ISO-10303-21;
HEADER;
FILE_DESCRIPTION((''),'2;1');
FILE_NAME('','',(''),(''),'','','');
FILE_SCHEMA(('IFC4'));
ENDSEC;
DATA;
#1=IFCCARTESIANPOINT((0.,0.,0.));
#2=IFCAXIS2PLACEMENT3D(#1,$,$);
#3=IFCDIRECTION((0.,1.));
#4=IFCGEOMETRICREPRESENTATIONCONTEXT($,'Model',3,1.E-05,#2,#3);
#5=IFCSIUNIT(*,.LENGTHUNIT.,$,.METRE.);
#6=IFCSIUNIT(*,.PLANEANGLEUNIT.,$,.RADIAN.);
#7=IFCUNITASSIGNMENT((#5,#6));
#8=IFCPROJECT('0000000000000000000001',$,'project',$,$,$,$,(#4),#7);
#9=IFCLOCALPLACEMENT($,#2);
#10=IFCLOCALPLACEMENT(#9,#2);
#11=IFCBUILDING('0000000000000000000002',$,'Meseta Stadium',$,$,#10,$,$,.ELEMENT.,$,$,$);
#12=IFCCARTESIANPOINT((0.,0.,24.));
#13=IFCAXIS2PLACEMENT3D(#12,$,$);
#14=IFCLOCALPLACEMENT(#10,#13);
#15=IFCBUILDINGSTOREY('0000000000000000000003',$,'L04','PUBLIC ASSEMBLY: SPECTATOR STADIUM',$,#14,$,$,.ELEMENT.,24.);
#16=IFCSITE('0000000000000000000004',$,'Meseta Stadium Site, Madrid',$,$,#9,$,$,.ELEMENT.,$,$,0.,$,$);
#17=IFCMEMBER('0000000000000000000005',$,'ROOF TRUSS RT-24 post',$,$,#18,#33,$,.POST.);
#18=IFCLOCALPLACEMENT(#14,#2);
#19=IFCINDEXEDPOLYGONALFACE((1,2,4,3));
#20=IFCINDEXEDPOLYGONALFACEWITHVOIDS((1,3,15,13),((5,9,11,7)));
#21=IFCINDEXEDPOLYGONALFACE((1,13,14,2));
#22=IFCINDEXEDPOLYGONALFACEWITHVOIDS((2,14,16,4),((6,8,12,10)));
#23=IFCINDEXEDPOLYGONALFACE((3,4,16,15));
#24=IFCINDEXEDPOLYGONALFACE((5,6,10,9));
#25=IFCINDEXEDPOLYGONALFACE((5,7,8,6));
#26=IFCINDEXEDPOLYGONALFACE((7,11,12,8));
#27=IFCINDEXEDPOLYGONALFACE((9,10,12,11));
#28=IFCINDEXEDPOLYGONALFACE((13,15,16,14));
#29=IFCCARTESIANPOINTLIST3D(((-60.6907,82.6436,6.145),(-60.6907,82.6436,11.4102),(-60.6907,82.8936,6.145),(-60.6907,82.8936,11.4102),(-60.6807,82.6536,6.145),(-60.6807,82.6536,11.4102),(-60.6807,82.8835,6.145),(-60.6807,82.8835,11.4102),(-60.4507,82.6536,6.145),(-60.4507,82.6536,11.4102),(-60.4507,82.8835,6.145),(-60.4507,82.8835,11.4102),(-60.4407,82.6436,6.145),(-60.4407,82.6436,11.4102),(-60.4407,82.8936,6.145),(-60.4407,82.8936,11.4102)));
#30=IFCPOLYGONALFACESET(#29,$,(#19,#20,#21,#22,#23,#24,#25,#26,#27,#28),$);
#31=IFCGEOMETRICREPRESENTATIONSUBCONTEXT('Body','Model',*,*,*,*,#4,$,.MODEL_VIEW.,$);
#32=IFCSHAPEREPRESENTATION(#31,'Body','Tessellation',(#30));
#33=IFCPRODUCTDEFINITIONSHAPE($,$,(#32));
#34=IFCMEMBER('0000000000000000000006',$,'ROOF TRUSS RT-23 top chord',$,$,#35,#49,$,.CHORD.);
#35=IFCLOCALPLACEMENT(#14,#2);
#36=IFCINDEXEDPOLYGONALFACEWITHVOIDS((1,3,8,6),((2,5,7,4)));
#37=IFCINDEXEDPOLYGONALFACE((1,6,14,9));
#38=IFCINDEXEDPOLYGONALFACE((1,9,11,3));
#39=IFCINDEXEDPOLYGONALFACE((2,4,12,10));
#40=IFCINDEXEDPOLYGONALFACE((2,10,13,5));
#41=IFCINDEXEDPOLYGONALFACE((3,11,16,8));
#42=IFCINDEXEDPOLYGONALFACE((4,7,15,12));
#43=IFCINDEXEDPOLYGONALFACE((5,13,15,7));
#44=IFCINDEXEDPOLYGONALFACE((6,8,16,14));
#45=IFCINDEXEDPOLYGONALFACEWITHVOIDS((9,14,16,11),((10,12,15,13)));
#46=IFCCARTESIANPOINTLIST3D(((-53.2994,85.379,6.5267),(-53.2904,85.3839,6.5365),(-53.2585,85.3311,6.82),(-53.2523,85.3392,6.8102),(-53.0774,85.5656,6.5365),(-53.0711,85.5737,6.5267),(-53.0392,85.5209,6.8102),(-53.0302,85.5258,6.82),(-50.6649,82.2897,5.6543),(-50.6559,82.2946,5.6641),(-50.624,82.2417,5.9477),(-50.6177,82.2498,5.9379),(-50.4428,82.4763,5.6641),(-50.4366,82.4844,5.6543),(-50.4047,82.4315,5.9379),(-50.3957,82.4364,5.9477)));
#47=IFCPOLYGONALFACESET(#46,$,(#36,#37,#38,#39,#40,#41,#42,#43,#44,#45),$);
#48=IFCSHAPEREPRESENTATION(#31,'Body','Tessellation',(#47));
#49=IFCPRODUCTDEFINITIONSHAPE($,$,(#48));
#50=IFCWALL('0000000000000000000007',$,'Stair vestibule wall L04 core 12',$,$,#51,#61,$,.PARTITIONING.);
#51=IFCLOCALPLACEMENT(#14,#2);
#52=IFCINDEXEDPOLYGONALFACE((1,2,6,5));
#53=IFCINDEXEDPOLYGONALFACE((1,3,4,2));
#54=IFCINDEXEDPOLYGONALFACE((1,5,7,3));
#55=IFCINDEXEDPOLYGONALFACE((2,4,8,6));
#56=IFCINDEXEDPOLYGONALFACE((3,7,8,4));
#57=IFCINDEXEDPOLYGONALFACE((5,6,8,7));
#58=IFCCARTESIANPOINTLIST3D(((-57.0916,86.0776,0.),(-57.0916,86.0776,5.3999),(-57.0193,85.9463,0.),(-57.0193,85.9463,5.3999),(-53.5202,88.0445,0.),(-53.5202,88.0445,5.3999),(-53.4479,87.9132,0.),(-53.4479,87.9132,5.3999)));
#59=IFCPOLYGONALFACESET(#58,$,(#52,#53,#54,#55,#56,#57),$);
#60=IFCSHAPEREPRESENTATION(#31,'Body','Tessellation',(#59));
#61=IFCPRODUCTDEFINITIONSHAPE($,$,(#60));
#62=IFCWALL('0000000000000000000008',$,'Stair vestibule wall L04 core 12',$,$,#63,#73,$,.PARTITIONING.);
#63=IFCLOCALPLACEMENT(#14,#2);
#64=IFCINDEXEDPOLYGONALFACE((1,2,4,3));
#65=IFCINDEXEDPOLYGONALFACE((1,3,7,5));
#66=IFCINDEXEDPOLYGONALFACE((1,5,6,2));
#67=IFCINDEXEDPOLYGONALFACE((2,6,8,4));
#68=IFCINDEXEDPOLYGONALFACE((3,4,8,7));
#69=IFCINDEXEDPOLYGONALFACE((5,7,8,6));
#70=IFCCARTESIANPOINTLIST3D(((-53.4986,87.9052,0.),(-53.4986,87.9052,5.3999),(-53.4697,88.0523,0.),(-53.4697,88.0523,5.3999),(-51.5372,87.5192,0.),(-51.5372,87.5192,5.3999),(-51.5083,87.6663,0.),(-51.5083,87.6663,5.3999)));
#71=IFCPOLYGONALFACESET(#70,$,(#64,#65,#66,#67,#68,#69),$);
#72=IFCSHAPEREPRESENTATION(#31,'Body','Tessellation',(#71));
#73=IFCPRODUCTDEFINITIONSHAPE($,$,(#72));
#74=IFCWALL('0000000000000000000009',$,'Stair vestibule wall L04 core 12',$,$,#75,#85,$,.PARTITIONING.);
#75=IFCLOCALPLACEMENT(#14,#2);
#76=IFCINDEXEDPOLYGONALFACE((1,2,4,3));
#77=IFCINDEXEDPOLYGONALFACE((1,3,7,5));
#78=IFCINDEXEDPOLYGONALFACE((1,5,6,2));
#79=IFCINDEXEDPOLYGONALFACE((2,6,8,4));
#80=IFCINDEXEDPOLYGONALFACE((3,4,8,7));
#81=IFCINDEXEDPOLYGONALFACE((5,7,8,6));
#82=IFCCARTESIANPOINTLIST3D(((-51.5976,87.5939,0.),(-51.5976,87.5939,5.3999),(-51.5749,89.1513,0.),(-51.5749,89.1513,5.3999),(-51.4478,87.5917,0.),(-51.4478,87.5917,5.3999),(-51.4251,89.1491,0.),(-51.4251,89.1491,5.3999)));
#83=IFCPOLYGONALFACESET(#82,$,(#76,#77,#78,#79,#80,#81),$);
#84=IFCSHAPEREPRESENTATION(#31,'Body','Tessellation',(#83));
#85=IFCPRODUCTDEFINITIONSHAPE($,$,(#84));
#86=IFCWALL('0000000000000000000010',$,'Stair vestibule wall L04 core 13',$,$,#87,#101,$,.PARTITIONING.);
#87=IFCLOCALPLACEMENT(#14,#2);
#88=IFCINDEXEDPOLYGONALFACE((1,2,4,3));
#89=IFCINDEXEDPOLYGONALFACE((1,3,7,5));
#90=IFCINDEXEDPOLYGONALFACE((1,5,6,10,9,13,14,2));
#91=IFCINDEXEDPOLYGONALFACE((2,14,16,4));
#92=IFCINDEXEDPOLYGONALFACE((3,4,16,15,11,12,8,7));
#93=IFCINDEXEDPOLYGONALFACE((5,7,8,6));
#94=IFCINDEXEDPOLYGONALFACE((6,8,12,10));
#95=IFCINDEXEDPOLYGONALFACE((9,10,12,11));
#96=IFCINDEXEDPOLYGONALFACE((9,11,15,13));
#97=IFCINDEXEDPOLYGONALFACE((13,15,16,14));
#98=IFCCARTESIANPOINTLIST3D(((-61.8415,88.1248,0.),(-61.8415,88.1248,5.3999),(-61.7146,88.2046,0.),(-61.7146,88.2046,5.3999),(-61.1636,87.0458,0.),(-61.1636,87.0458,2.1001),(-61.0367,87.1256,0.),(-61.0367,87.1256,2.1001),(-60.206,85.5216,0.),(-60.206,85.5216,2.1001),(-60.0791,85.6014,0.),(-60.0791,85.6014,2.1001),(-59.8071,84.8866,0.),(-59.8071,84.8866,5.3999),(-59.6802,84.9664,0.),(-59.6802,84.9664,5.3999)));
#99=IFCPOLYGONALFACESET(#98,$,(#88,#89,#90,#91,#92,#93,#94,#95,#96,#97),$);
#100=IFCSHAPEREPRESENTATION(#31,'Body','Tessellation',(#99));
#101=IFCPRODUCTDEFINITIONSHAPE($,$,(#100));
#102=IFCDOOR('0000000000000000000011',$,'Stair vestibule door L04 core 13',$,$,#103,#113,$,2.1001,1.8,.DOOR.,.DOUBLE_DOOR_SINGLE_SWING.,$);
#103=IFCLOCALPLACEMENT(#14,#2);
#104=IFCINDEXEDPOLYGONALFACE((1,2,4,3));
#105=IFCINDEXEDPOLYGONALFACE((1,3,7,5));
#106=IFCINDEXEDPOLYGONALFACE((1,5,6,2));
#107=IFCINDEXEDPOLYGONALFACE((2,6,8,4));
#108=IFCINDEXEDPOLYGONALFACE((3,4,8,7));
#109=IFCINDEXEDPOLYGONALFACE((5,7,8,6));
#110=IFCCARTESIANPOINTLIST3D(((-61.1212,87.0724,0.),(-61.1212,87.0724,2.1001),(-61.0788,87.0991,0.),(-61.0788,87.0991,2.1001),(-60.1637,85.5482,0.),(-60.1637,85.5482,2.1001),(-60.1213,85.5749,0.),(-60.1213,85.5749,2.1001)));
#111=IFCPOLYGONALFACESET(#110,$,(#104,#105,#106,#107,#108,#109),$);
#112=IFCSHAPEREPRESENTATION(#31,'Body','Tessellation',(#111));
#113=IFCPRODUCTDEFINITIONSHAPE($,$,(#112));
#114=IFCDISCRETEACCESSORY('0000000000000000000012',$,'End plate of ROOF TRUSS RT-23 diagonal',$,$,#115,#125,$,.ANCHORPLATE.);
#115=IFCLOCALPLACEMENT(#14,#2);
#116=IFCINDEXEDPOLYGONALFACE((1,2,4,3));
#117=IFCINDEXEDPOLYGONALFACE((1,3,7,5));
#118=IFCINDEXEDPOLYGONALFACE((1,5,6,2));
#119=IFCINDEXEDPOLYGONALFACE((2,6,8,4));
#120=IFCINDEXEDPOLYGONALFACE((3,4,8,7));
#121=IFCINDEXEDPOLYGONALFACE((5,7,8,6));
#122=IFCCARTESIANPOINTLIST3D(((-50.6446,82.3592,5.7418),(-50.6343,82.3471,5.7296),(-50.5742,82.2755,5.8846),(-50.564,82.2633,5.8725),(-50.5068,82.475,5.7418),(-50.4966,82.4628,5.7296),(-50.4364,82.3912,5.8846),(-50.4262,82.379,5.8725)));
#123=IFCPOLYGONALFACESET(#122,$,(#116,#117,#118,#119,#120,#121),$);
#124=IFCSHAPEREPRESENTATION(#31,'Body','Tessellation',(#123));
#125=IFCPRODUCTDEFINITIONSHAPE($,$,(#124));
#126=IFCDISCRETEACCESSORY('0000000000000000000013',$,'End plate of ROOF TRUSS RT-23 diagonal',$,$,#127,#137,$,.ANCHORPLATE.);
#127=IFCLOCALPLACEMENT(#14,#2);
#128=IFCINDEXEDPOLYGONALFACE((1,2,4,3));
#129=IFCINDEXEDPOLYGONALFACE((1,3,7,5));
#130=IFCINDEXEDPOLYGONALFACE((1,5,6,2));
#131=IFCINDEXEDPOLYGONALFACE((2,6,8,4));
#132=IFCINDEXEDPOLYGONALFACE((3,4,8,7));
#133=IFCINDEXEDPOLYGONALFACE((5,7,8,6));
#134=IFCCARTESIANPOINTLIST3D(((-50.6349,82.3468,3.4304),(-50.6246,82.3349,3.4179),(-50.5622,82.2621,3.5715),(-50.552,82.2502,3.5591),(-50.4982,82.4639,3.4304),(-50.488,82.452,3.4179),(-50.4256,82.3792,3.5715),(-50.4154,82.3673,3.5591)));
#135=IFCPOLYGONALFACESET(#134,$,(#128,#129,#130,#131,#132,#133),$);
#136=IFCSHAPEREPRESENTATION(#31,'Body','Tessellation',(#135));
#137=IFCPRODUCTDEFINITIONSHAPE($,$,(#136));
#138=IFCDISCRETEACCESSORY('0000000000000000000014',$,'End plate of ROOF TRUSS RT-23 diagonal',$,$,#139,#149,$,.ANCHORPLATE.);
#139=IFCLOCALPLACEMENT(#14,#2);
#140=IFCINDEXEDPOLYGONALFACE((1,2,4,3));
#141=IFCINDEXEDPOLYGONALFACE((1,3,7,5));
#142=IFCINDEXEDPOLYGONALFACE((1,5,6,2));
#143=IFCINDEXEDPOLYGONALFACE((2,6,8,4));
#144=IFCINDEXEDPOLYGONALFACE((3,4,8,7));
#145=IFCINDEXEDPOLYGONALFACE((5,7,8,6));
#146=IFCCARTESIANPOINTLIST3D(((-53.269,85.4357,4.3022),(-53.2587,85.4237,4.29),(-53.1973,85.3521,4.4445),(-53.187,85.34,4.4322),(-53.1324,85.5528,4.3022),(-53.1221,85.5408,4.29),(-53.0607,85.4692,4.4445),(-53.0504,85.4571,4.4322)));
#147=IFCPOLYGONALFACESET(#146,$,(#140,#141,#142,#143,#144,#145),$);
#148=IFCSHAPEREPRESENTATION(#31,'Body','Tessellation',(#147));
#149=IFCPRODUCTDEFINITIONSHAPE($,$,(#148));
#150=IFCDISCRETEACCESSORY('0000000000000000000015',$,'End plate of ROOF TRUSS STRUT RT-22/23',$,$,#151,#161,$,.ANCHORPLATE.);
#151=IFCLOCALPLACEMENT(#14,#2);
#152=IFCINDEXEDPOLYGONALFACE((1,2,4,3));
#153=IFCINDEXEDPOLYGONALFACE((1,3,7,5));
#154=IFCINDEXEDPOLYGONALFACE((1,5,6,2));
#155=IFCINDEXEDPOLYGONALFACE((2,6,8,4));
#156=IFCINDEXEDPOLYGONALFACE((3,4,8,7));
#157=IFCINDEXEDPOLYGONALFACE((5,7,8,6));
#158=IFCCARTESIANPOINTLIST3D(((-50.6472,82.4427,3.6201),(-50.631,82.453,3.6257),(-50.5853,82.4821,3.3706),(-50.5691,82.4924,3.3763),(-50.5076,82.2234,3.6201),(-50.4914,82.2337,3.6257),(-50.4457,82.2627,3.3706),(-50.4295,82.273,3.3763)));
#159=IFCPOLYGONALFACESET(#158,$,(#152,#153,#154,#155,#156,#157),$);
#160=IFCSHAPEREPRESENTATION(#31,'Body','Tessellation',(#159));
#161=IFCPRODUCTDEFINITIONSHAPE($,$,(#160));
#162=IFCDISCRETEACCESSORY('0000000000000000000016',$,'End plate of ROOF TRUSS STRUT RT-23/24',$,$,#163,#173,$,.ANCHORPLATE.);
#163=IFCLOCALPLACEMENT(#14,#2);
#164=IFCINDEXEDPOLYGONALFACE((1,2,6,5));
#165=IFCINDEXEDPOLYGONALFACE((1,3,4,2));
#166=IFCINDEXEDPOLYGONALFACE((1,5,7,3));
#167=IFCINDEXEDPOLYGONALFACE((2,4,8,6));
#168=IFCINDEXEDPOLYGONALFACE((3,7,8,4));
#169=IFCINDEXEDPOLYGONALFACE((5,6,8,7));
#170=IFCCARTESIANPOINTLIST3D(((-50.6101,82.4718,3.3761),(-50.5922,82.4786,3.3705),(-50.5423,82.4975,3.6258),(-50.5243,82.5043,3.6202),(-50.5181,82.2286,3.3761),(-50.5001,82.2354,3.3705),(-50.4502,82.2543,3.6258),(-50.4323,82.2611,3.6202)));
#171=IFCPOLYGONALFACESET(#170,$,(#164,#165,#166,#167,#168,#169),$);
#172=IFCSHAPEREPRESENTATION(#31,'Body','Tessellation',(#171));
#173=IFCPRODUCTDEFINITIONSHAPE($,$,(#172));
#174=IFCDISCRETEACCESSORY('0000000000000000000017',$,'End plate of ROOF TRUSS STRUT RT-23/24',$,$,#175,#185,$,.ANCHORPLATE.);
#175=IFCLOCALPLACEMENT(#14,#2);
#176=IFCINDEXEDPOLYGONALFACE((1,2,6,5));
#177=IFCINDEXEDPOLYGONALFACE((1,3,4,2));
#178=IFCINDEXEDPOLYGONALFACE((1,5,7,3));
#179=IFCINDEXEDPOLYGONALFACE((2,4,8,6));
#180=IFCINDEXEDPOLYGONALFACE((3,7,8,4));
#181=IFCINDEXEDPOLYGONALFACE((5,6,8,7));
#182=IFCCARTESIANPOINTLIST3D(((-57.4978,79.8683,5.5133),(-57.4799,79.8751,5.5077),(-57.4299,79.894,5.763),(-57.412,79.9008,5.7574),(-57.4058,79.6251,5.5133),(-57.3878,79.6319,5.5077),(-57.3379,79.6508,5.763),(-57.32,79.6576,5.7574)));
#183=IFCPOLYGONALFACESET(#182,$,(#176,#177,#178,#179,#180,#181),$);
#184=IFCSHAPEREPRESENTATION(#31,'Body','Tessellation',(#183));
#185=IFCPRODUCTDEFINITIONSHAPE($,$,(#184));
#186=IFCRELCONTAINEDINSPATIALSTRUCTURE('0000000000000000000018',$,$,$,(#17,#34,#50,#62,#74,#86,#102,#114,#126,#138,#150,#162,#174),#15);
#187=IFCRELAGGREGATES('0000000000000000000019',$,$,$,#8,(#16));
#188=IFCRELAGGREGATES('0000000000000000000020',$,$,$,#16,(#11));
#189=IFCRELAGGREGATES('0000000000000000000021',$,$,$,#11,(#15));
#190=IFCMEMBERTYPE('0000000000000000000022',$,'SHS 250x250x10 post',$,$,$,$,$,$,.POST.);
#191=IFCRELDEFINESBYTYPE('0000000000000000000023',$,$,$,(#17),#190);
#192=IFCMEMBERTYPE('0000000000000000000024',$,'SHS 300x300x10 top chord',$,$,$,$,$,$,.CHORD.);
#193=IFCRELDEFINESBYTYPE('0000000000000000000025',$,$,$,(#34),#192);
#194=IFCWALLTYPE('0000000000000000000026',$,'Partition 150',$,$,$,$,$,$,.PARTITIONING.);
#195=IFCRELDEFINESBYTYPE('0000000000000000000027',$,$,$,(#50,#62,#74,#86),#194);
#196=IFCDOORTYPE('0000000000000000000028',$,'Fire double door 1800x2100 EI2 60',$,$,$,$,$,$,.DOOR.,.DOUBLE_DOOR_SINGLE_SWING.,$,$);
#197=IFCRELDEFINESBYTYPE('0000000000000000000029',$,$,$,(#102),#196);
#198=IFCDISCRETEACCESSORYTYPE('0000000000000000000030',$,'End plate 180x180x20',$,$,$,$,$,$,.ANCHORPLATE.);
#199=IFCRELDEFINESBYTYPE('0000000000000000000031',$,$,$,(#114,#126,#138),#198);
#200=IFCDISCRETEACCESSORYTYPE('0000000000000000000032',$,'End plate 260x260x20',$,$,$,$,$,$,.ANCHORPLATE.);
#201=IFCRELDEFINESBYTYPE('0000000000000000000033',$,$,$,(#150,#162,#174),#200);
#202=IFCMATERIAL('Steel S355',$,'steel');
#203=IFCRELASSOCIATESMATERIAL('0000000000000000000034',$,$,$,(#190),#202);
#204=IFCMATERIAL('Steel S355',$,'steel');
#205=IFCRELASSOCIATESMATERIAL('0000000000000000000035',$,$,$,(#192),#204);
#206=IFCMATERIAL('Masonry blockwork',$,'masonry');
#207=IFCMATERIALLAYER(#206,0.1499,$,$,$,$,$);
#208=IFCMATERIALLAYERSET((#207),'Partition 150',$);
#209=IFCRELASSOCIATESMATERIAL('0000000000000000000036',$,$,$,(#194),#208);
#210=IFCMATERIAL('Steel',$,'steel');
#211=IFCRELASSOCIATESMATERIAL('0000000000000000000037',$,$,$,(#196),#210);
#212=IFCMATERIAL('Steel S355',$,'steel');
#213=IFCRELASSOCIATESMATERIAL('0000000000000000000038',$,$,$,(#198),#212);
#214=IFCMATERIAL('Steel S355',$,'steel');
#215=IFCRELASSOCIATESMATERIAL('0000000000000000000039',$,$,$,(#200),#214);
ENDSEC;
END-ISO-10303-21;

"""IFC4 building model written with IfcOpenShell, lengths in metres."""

from ifc_helpers import new_model, si_unit, direction, frame, frame_2d, origin, origin_2d, place, context, subcontext, project, spatial, rectangle, hollow_rectangle, extrude, material, layer, layer_set, material_profile, profile_set, type_object, element, fill, save


model = new_model("IFC4")

# Units and contexts
model_context = context("Model", 3, precision=1e-05, world=origin(), true_north=direction((0.0, 1.0)))
body_context = subcontext(model_context, "Body", "Model", "MODEL_VIEW")
ifc_project = project(units=[si_unit("LENGTHUNIT", "METRE"), si_unit("PLANEANGLEUNIT", "RADIAN")], contexts=[model_context])

# Site, building, storey
site_placement = place(None, origin())
site = spatial("IfcSite", under=ifc_project, at=site_placement, Name="Meseta Stadium Site, Madrid", CompositionType="ELEMENT", RefElevation=0.0)
building_placement = place(site_placement, origin())
building = spatial("IfcBuilding", under=site, at=building_placement, Name="Meseta Stadium", CompositionType="ELEMENT")
storey_placement = place(building_placement, frame((0.0, 0.0, 24.0)))
storey = spatial("IfcBuildingStorey", under=building, at=storey_placement, Name="L04", Description="PUBLIC ASSEMBLY: SPECTATOR STADIUM", CompositionType="ELEMENT", Elevation=24.0)

# Members
ifc_material_1 = material(Name="Steel S355", Category="steel")
ifc_material_profile_1 = material_profile(ifc_material_1, hollow_rectangle(XDim=0.25, YDim=0.25, WallThickness=0.01, at=origin_2d()), Name="SHS 250x250x10")
ifc_profile_set_1 = profile_set([ifc_material_profile_1], Name="Steel S355")
member_type_1 = type_object("IfcMemberType", Name="SHS 250x250x10 post", PredefinedType="POST", material=ifc_profile_set_1)
member_1_placement = place(storey_placement, frame((-60.5657, 82.7686, 6.145), z_axis=(0.0, 0.0, 1.0), x_axis=(1.0, 0.0, 0.0)))
element("IfcMember", 1, at=member_1_placement, inside=storey, type_object=member_type_1, Name="ROOF TRUSS RT-24 post", PredefinedType="POST", context=body_context, shape_type="SweptSolid", body=[
    extrude(hollow_rectangle(XDim=0.25, YDim=0.25, WallThickness=0.01, at=origin_2d()), origin(), (0.0, 0.0, 1.0), 5.2651),
])
ifc_material_2 = material(Name="Steel S355", Category="steel")
ifc_material_profile_2 = material_profile(ifc_material_2, hollow_rectangle(XDim=0.3, YDim=0.3, WallThickness=0.01, at=origin_2d()), Name="SHS 300x300x10")
ifc_profile_set_2 = profile_set([ifc_material_profile_2], Name="Steel S355")
member_type_2 = type_object("IfcMemberType", Name="SHS 300x300x10 top chord", PredefinedType="CHORD", material=ifc_profile_set_2)
member_2_placement = place(storey_placement, frame((-50.5303, 82.363, 5.801), z_axis=(-0.634396, 0.743921, 0.210054), x_axis=(-0.760897, -0.648873, 0.0)))
element("IfcMember", 2, at=member_2_placement, inside=storey, type_object=member_type_2, Name="ROOF TRUSS RT-23 top chord", PredefinedType="CHORD", context=body_context, shape_type="SweptSolid", body=[
    extrude(hollow_rectangle(XDim=0.3, YDim=0.3, WallThickness=0.01, at=origin_2d()), origin(), (0.0, 0.0, 1.0), 4.1528),
])

# Walls
ifc_material_3 = material(Name="Masonry blockwork", Category="masonry")
ifc_layer = layer(ifc_material_3, 0.1499)
ifc_layer_set = layer_set([ifc_layer], Name="Partition 150")
wall_type = type_object("IfcWallType", Name="Partition 150", PredefinedType="PARTITIONING", material=ifc_layer_set)
wall_1_placement = place(storey_placement, frame((-57.0554, 86.012, 0.0), z_axis=(0.0, 0.0, 1.0), x_axis=(0.875948, 0.482406, 0.0)))
element("IfcWall", 3, at=wall_1_placement, inside=storey, type_object=wall_type, Name="Stair vestibule wall L04 core 12", PredefinedType="PARTITIONING", context=body_context, shape_type="SweptSolid", body=[
    extrude(rectangle(XDim=4.0771, YDim=0.1499, at=frame_2d((2.0386, 0.0))), origin(), (0.0, 0.0, 1.0), 5.3999),
])
wall_2_placement = place(storey_placement, frame((-53.4841, 87.9788, 0.0), z_axis=(0.0, 0.0, 1.0), x_axis=(0.981182, -0.193085, 0.0)))
element("IfcWall", 4, at=wall_2_placement, inside=storey, type_object=wall_type, Name="Stair vestibule wall L04 core 12", PredefinedType="PARTITIONING", context=body_context, shape_type="SweptSolid", body=[
    extrude(rectangle(XDim=1.999, YDim=0.1499, at=frame_2d((0.9995, 0.0))), origin(), (0.0, 0.0, 1.0), 5.3999),
])
wall_3_placement = place(storey_placement, frame((-51.5227, 87.5928, 0.0), z_axis=(0.0, 0.0, 1.0), x_axis=(0.014578, 0.999894, 0.0)))
element("IfcWall", 5, at=wall_3_placement, inside=storey, type_object=wall_type, Name="Stair vestibule wall L04 core 12", PredefinedType="PARTITIONING", context=body_context, shape_type="SweptSolid", body=[
    extrude(rectangle(XDim=1.5576, YDim=0.1499, at=frame_2d((0.7788, 0.0))), origin(), (0.0, 0.0, 1.0), 5.3999),
])

# Wall, opening, door
wall_4_placement = place(storey_placement, frame((-59.7437, 84.9265, 0.0), z_axis=(0.0, 0.0, 1.0), x_axis=(-0.531971, 0.846762, 0.0)))
wall_4 = element("IfcWall", 6, at=wall_4_placement, inside=storey, type_object=wall_type, Name="Stair vestibule wall L04 core 13", PredefinedType="PARTITIONING", context=body_context, shape_type="SweptSolid", body=[
    extrude(rectangle(XDim=3.8242, YDim=0.1499, at=frame_2d((1.9121, 0.0))), origin(), (0.0, 0.0, 1.0), 5.3999),
])
opening_placement = place(wall_4_placement, frame((0.75, 0.0, 0.0)))
opening = element("IfcOpeningElement", 7, at=opening_placement, cuts=wall_4, PredefinedType="OPENING", context=body_context, shape_type="SweptSolid", body=[
    extrude(rectangle(XDim=1.8, YDim=2.1001, at=frame_2d((0.8999, 1.05))), frame((0.0, 0.085, 0.0), z_axis=(0.0, -1.0, 0.0), x_axis=(1.0, 0.0, 0.0)), (0.0, 0.0, 1.0), 0.1699),
])
ifc_material_4 = material(Name="Steel", Category="steel")
door_type = type_object("IfcDoorType", Name="Fire double door 1800x2100 EI2 60", OperationType="DOUBLE_DOOR_SINGLE_SWING", PredefinedType="DOOR", material=ifc_material_4)
door_placement = place(opening_placement, origin())
door = element("IfcDoor", 8, at=door_placement, inside=storey, type_object=door_type, Name="Stair vestibule door L04 core 13", OperationType="DOUBLE_DOOR_SINGLE_SWING", OverallHeight=2.1001, OverallWidth=1.8, PredefinedType="DOOR", context=body_context, shape_type="SweptSolid", body=[
    extrude(rectangle(XDim=1.8, YDim=2.1001, at=frame_2d((0.8999, 1.05))), frame((0.0, 0.0249, 0.0), z_axis=(0.0, -1.0, 0.0), x_axis=(1.0, 0.0, 0.0)), (0.0, 0.0, 1.0), 0.05),
])
fill(opening, door)

# Discrete accessories
ifc_material_5 = material(Name="Steel S355", Category="steel")
ifc_material_profile_3 = material_profile(ifc_material_5, rectangle(XDim=0.1799, YDim=0.1799, at=origin_2d()), Name="PL 180x180")
ifc_profile_set_3 = profile_set([ifc_material_profile_3], Name="Steel S355")
discrete_accessory_type_1 = type_object("IfcDiscreteAccessoryType", Name="End plate 180x180x20", PredefinedType="ANCHORPLATE", material=ifc_profile_set_3)
for number, where, z_axis, x_axis, name in (
    (9, (-50.5303, 82.363, 5.801), (-0.510678, 0.60795, 0.60795), (-0.765705, -0.643192, 0.0), "End plate of ROOF TRUSS RT-23 diagonal"),
    (10, (-50.52, 82.3511, 3.4885), (-0.510603, 0.595703, 0.620018), (-0.759257, -0.650791, 0.0), "End plate of ROOF TRUSS RT-23 diagonal"),
    (11, (-53.1545, 85.4404, 4.3611), (-0.514457, 0.6002, 0.612449), (-0.759257, -0.650791, 0.0), "End plate of ROOF TRUSS RT-23 diagonal"),
):
    element("IfcDiscreteAccessory", number, at=place(storey_placement, frame(where, z_axis=z_axis, x_axis=x_axis)), inside=storey, type_object=discrete_accessory_type_1, Name=name, PredefinedType="ANCHORPLATE", context=body_context, shape_type="SweptSolid", body=[
        extrude(rectangle(XDim=0.1799, YDim=0.1799, at=origin_2d()), origin(), (0.0, 0.0, 1.0), 0.02),
    ])
ifc_material_6 = material(Name="Steel S355", Category="steel")
ifc_material_profile_4 = material_profile(ifc_material_6, rectangle(XDim=0.26, YDim=0.26, at=origin_2d()), Name="PL 260x260")
ifc_profile_set_4 = profile_set([ifc_material_profile_4], Name="Steel S355")
discrete_accessory_type_2 = type_object("IfcDiscreteAccessoryType", Name="End plate 260x260x20", PredefinedType="ANCHORPLATE", material=ifc_profile_set_4)
for number, where, z_axis, x_axis, name in (
    (12, (-50.5303, 82.363, 3.501), (-0.809405, -0.515076, -0.282065), (0.536875, -0.843661, 0.0), "End plate of ROOF TRUSS STRUT RT-22/23"),
    (13, (-50.5122, 82.3699, 3.4954), (-0.898109, -0.339825, 0.279142), (0.353892, -0.935286, 0.0), "End plate of ROOF TRUSS STRUT RT-23/24"),
    (14, (-57.3999, 79.7664, 5.6326), (-0.898109, -0.339825, 0.279142), (0.353892, -0.935286, 0.0), "End plate of ROOF TRUSS STRUT RT-23/24"),
):
    element("IfcDiscreteAccessory", number, at=place(storey_placement, frame(where, z_axis=z_axis, x_axis=x_axis)), inside=storey, type_object=discrete_accessory_type_2, Name=name, PredefinedType="ANCHORPLATE", context=body_context, shape_type="SweptSolid", body=[
        extrude(rectangle(XDim=0.26, YDim=0.26, at=origin_2d()), origin(), (0.0, 0.0, 1.0), 0.02),
    ])

save(model, "model.ifc")
